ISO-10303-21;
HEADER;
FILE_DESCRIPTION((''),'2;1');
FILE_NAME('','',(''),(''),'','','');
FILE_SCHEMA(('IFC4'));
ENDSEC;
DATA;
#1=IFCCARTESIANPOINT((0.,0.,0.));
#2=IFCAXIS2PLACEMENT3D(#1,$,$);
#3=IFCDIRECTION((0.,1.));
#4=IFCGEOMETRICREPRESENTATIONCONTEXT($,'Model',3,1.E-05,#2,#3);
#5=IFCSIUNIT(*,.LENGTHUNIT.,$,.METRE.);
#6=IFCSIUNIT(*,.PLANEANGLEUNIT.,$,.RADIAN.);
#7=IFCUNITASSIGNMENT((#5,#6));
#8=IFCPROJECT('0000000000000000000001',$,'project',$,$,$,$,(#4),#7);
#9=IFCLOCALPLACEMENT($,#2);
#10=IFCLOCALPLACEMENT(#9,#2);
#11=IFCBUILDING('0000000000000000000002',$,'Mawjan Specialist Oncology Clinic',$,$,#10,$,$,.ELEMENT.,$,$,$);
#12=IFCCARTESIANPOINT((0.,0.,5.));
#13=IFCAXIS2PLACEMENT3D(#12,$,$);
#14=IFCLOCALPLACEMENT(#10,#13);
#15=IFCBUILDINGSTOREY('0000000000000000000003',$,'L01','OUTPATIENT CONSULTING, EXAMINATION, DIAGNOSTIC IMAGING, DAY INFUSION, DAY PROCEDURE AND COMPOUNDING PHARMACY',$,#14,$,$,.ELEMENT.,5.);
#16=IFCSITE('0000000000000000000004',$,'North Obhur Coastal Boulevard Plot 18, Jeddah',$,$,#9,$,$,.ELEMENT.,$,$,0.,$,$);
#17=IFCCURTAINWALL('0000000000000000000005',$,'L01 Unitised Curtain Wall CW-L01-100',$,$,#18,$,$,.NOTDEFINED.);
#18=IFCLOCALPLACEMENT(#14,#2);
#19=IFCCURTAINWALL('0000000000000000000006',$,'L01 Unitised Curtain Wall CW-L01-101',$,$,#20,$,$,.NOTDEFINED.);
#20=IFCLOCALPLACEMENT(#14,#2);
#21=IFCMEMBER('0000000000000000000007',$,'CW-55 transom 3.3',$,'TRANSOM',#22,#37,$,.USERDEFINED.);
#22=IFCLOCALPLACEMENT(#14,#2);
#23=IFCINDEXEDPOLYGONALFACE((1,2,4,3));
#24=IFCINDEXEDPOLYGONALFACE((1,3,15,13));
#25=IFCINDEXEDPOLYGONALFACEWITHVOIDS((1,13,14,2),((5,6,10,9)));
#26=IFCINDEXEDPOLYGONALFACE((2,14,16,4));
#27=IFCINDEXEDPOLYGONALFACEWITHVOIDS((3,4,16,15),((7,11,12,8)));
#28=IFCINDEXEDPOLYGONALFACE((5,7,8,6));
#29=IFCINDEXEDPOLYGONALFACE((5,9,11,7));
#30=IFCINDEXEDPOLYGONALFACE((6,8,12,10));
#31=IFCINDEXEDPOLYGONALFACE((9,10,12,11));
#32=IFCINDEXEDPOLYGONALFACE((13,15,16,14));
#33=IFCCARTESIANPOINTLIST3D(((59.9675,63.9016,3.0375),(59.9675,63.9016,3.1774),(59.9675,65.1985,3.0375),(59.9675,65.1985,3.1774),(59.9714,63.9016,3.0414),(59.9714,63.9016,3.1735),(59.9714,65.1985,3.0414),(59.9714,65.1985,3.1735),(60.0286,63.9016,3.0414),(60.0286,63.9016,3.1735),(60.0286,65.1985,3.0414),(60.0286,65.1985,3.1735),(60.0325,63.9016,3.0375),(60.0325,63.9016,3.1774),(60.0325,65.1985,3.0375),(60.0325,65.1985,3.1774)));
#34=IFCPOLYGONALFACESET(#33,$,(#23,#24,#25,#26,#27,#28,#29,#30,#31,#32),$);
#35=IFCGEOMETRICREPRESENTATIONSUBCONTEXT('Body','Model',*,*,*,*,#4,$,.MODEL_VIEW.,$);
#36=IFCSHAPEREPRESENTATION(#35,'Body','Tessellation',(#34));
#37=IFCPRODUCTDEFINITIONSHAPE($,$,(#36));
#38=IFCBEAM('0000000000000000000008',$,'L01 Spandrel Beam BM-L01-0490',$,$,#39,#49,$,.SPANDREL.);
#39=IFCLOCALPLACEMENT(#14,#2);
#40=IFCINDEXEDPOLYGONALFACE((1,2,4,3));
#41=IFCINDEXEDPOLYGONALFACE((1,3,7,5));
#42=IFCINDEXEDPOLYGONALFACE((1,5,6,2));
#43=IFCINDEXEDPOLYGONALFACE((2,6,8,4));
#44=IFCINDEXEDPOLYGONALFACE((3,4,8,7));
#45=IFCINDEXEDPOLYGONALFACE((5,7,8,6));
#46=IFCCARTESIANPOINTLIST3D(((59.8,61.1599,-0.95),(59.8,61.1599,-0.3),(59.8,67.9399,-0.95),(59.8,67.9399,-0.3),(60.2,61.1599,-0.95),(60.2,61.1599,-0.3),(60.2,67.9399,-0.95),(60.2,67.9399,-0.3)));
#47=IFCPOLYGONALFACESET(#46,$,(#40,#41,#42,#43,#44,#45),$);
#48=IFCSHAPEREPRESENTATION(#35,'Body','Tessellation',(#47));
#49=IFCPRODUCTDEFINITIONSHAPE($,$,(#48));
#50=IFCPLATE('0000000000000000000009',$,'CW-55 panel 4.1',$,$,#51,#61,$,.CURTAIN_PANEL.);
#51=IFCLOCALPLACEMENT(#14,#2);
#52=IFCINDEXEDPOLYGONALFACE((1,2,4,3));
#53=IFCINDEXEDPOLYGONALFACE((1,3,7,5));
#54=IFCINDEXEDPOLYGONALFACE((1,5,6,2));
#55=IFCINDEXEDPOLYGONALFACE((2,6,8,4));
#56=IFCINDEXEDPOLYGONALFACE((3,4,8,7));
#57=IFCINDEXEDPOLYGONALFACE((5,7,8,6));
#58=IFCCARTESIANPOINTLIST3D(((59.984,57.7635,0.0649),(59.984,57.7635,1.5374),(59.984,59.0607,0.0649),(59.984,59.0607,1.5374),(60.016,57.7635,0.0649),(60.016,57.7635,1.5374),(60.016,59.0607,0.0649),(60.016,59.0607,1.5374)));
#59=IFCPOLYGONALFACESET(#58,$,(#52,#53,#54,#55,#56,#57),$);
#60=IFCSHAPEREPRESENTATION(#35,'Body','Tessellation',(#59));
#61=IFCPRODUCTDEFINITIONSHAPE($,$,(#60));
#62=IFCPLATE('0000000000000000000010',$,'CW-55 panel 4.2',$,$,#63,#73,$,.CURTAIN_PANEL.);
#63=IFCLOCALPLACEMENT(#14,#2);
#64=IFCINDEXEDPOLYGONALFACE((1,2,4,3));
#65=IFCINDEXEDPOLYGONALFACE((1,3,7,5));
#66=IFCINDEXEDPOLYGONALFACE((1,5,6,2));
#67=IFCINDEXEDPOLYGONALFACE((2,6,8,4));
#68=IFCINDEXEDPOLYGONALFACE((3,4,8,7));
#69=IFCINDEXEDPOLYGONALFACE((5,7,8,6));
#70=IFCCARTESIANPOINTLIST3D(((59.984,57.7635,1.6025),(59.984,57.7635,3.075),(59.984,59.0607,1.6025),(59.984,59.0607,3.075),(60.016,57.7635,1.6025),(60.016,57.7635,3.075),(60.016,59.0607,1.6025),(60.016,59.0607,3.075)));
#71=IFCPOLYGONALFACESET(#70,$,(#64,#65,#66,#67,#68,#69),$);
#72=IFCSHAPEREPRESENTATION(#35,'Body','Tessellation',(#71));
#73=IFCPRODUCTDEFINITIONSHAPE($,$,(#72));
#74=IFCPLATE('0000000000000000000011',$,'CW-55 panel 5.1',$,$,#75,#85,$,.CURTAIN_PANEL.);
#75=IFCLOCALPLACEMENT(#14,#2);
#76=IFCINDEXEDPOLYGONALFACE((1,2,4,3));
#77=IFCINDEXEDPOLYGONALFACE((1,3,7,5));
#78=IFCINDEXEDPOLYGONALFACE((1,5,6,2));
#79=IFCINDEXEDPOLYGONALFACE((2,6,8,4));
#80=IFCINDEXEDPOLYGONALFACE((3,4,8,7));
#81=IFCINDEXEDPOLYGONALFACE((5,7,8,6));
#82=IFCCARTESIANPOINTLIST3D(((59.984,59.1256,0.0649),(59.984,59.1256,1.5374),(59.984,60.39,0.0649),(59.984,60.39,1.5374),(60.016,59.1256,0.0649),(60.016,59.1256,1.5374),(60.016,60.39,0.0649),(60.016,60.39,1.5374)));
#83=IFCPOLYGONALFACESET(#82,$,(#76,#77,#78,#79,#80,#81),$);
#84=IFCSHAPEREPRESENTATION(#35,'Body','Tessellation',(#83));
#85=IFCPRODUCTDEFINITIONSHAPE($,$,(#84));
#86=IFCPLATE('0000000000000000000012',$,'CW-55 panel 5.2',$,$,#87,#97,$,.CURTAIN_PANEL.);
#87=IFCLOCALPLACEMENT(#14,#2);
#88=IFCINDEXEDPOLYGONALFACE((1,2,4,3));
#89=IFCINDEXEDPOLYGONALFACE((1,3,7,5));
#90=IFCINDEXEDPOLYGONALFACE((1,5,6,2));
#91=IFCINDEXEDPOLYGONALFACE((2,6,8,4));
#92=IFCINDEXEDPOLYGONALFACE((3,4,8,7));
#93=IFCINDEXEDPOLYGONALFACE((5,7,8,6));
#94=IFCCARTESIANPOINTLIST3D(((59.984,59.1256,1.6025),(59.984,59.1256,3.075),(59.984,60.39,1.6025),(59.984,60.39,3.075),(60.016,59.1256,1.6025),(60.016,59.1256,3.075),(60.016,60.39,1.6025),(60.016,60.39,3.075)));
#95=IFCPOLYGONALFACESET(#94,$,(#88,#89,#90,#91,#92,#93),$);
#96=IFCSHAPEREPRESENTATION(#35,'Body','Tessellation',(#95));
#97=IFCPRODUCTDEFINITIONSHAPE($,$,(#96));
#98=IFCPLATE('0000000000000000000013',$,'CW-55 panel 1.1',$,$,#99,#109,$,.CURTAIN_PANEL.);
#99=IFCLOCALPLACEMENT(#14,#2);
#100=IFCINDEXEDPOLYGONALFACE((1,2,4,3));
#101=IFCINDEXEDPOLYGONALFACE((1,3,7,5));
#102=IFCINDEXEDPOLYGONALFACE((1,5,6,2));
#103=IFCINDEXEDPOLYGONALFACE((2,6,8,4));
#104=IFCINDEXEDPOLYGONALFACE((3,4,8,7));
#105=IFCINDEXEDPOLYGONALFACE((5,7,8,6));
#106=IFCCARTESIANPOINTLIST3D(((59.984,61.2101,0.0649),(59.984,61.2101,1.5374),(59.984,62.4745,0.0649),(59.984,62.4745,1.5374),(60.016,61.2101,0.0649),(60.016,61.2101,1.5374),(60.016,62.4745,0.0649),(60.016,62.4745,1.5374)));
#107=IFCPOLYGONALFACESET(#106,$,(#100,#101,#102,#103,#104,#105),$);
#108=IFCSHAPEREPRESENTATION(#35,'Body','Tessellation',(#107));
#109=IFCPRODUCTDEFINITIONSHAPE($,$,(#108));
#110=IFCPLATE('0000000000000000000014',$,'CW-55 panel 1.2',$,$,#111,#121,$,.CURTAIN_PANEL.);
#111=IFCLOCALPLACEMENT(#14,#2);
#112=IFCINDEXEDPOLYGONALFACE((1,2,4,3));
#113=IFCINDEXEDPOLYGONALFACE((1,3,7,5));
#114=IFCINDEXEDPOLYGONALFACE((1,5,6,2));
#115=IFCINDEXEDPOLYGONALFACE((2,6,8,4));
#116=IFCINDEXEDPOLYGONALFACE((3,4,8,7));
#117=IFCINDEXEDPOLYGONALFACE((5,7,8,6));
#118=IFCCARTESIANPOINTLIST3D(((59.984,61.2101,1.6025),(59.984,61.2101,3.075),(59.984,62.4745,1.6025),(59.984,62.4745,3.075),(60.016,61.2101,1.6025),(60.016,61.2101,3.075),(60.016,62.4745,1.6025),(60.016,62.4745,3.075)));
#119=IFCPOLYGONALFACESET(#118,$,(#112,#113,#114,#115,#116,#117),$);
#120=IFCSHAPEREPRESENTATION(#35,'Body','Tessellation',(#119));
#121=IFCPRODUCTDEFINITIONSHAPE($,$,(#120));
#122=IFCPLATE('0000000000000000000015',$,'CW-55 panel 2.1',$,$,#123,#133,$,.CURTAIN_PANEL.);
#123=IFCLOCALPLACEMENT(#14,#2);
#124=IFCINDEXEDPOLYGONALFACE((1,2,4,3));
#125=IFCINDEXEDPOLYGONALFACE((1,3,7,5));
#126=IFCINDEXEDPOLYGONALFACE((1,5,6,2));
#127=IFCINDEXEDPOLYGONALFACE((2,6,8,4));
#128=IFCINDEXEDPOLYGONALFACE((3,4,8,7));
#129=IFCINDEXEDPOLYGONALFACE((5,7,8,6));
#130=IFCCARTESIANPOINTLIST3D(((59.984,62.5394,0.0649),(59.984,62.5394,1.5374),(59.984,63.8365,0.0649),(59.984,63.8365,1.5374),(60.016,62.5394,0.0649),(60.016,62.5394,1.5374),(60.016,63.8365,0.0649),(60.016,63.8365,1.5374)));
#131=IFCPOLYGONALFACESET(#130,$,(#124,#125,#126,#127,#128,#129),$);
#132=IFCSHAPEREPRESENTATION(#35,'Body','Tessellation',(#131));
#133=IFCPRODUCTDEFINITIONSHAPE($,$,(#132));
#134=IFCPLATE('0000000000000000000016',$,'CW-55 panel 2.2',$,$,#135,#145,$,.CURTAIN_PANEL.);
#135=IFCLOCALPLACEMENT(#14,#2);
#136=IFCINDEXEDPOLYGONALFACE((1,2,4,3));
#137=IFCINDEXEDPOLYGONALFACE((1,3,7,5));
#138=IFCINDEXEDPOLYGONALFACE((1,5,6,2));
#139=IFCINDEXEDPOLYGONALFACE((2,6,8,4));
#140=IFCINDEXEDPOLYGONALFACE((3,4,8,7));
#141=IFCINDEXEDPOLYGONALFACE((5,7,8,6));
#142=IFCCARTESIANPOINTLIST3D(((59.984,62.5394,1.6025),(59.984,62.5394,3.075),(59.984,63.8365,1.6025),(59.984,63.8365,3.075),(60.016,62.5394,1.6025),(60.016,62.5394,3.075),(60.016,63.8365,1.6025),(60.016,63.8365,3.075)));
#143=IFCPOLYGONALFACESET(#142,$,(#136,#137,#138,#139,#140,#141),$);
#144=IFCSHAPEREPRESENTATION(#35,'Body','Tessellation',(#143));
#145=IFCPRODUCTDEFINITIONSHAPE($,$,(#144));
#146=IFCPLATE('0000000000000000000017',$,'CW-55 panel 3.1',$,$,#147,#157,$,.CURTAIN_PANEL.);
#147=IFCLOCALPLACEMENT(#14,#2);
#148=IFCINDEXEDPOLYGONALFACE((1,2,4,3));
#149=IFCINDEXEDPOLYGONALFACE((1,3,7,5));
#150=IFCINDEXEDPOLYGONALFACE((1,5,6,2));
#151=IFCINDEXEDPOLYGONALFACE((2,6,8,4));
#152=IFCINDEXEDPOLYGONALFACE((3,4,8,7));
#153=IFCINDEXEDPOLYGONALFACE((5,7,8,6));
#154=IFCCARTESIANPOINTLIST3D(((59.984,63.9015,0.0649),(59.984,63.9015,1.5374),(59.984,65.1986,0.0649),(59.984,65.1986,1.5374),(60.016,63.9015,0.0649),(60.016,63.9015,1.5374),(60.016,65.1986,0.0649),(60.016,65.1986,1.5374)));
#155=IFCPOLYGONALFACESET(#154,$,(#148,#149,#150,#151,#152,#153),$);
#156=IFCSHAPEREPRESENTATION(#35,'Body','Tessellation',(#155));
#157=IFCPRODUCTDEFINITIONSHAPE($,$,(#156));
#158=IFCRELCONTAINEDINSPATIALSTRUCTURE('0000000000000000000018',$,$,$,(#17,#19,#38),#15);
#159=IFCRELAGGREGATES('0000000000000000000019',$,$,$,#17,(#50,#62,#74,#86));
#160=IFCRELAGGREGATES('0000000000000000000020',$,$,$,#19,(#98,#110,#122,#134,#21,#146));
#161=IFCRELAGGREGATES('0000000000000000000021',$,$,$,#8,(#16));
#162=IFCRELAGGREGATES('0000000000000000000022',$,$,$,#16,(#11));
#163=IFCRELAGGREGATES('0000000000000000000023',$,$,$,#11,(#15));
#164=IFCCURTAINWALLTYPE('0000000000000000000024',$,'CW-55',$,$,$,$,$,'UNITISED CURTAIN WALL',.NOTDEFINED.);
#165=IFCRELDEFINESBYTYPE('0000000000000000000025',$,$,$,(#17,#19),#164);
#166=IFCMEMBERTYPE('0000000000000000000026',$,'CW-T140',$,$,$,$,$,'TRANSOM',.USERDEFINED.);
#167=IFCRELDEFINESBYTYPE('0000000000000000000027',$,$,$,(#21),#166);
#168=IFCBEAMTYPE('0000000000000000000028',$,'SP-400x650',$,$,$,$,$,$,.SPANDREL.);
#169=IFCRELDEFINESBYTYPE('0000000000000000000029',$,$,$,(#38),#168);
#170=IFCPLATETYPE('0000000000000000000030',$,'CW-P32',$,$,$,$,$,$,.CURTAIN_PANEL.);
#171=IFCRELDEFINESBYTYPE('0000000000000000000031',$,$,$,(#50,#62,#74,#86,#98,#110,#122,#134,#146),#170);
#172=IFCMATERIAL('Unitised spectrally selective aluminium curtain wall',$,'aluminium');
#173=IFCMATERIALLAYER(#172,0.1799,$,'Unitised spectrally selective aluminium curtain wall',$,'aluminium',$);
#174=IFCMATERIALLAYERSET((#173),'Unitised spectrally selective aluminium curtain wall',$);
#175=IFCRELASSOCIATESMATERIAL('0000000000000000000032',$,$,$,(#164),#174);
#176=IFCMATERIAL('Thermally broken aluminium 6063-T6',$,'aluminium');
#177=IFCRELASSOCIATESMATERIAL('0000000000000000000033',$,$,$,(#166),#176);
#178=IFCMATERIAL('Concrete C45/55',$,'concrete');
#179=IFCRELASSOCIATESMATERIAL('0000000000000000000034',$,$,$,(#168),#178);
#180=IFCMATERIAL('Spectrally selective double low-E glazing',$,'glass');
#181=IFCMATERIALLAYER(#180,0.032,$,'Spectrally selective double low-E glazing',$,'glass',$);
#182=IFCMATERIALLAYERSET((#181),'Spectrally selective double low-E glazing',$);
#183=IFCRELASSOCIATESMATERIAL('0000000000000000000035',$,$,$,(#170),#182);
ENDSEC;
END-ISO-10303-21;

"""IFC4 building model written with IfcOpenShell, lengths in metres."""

from ifc_helpers import new_model, si_unit, direction, frame, origin, origin_2d, place, context, subcontext, project, spatial, rectangle, hollow_rectangle, extrude, material, layer, layer_set, material_profile, profile_set, type_object, element, aggregate, save


model = new_model("IFC4")

# Units and contexts
model_context = context("Model", 3, precision=1e-05, world=origin(), true_north=direction((0.0, 1.0)))
body_context = subcontext(model_context, "Body", "Model", "MODEL_VIEW")
ifc_project = project(units=[si_unit("LENGTHUNIT", "METRE"), si_unit("PLANEANGLEUNIT", "RADIAN")], contexts=[model_context])

# Site, building, storey
site_placement = place(None, origin())
site = spatial("IfcSite", under=ifc_project, at=site_placement, Name="North Obhur Coastal Boulevard Plot 18, Jeddah", CompositionType="ELEMENT", RefElevation=0.0)
building_placement = place(site_placement, origin())
building = spatial("IfcBuilding", under=site, at=building_placement, Name="Mawjan Specialist Oncology Clinic", CompositionType="ELEMENT")
storey_placement = place(building_placement, frame((0.0, 0.0, 5.0)))
storey = spatial("IfcBuildingStorey", under=building, at=storey_placement, Name="L01", Description="OUTPATIENT CONSULTING, EXAMINATION, DIAGNOSTIC IMAGING, DAY INFUSION, DAY PROCEDURE AND COMPOUNDING PHARMACY", CompositionType="ELEMENT", Elevation=5.0)

# Curtain walls
ifc_material_1 = material(Name="Unitised spectrally selective aluminium curtain wall", Category="aluminium")
ifc_layer_1 = layer(ifc_material_1, 0.1799, Name="Unitised spectrally selective aluminium curtain wall", Category="aluminium")
ifc_layer_set_1 = layer_set([ifc_layer_1], Name="Unitised spectrally selective aluminium curtain wall")
curtain_wall_type = type_object("IfcCurtainWallType", Name="CW-55", ElementType="UNITISED CURTAIN WALL", PredefinedType="NOTDEFINED", material=ifc_layer_set_1)
curtain_wall_1_placement = place(storey_placement, origin())
curtain_wall_1 = element("IfcCurtainWall", 1, at=curtain_wall_1_placement, inside=storey, type_object=curtain_wall_type, Name="L01 Unitised Curtain Wall CW-L01-100", PredefinedType="NOTDEFINED")
curtain_wall_2_placement = place(storey_placement, origin())
curtain_wall_2 = element("IfcCurtainWall", 2, at=curtain_wall_2_placement, inside=storey, type_object=curtain_wall_type, Name="L01 Unitised Curtain Wall CW-L01-101", PredefinedType="NOTDEFINED")

# Member
ifc_material_2 = material(Name="Thermally broken aluminium 6063-T6", Category="aluminium")
ifc_material_profile_1 = material_profile(ifc_material_2, hollow_rectangle(XDim=0.0649, YDim=0.1399, WallThickness=0.0039, at=origin_2d()), Name="ALU TRANSOM 140x65x4", Category="aluminium")
ifc_profile_set_1 = profile_set([ifc_material_profile_1], Name="Thermally broken aluminium 6063-T6")
member_type_1 = type_object("IfcMemberType", Name="CW-T140", ElementType="TRANSOM", PredefinedType="USERDEFINED", material=ifc_profile_set_1)
member_1_placement = place(storey_placement, frame((60.0, 63.9016, 3.1074), z_axis=(0.0, 1.0, 0.0), x_axis=(-1.0, 0.0, 0.0)))
member_1 = element("IfcMember", 3, at=member_1_placement, type_object=member_type_1, Name="CW-55 transom 3.3", ObjectType="TRANSOM", PredefinedType="USERDEFINED", context=body_context, shape_type="SweptSolid", body=[
    extrude(hollow_rectangle(XDim=0.0649, YDim=0.1399, WallThickness=0.0039, at=origin_2d()), origin(), (0.0, 0.0, 1.0), 1.2969),
])

# Beam
ifc_material_3 = material(Name="Concrete C45/55", Category="concrete")
ifc_material_profile_2 = material_profile(ifc_material_3, rectangle(XDim=0.3999, YDim=0.6499, at=origin_2d()), Name="RC BM 400x650", Category="concrete")
ifc_profile_set_2 = profile_set([ifc_material_profile_2], Name="Concrete C45/55")
beam_type_1 = type_object("IfcBeamType", Name="SP-400x650", PredefinedType="SPANDREL", material=ifc_profile_set_2)
beam_1_placement = place(storey_placement, frame((60.0, 61.1599, -0.625), z_axis=(0.0, 1.0, 0.0), x_axis=(-1.0, 0.0, 0.0)))
element("IfcBeam", 4, at=beam_1_placement, inside=storey, type_object=beam_type_1, Name="L01 Spandrel Beam BM-L01-0490", PredefinedType="SPANDREL", context=body_context, shape_type="SweptSolid", body=[
    extrude(rectangle(XDim=0.3999, YDim=0.6499, at=origin_2d()), origin(), (0.0, 0.0, 1.0), 6.78),
])

# Plates
ifc_material_4 = material(Name="Spectrally selective double low-E glazing", Category="glass")
ifc_layer_2 = layer(ifc_material_4, 0.032, Name="Spectrally selective double low-E glazing", Category="glass")
ifc_layer_set_2 = layer_set([ifc_layer_2], Name="Spectrally selective double low-E glazing")
plate_type = type_object("IfcPlateType", Name="CW-P32", PredefinedType="CURTAIN_PANEL", material=ifc_layer_set_2)
plate_1_placement = place(storey_placement, frame((60.0, 58.4121, 0.0649), z_axis=(0.0, 0.0, 1.0), x_axis=(0.0, 1.0, 0.0)))
plate_1 = element("IfcPlate", 5, at=plate_1_placement, type_object=plate_type, Name="CW-55 panel 4.1", PredefinedType="CURTAIN_PANEL", context=body_context, shape_type="SweptSolid", body=[
    extrude(rectangle(XDim=1.2971, YDim=0.032, at=origin_2d()), origin(), (0.0, 0.0, 1.0), 1.4724),
])
plate_2_placement = place(storey_placement, frame((60.0, 58.4121, 1.6025), z_axis=(0.0, 0.0, 1.0), x_axis=(0.0, 1.0, 0.0)))
plate_2 = element("IfcPlate", 6, at=plate_2_placement, type_object=plate_type, Name="CW-55 panel 4.2", PredefinedType="CURTAIN_PANEL", context=body_context, shape_type="SweptSolid", body=[
    extrude(rectangle(XDim=1.2971, YDim=0.032, at=origin_2d()), origin(), (0.0, 0.0, 1.0), 1.4724),
])
plate_3_placement = place(storey_placement, frame((60.0, 59.7578, 0.0649), z_axis=(0.0, 0.0, 1.0), x_axis=(0.0, 1.0, 0.0)))
plate_3 = element("IfcPlate", 7, at=plate_3_placement, type_object=plate_type, Name="CW-55 panel 5.1", PredefinedType="CURTAIN_PANEL", context=body_context, shape_type="SweptSolid", body=[
    extrude(rectangle(XDim=1.2644, YDim=0.032, at=origin_2d()), origin(), (0.0, 0.0, 1.0), 1.4724),
])
plate_4_placement = place(storey_placement, frame((60.0, 59.7578, 1.6025), z_axis=(0.0, 0.0, 1.0), x_axis=(0.0, 1.0, 0.0)))
plate_4 = element("IfcPlate", 8, at=plate_4_placement, type_object=plate_type, Name="CW-55 panel 5.2", PredefinedType="CURTAIN_PANEL", context=body_context, shape_type="SweptSolid", body=[
    extrude(rectangle(XDim=1.2644, YDim=0.032, at=origin_2d()), origin(), (0.0, 0.0, 1.0), 1.4724),
])
aggregate(curtain_wall_1, [plate_1, plate_2, plate_3, plate_4])
plate_5_placement = place(storey_placement, frame((60.0, 61.8423, 0.0649), z_axis=(0.0, 0.0, 1.0), x_axis=(0.0, 1.0, 0.0)))
plate_5 = element("IfcPlate", 9, at=plate_5_placement, type_object=plate_type, Name="CW-55 panel 1.1", PredefinedType="CURTAIN_PANEL", context=body_context, shape_type="SweptSolid", body=[
    extrude(rectangle(XDim=1.2644, YDim=0.032, at=origin_2d()), origin(), (0.0, 0.0, 1.0), 1.4724),
])
plate_6_placement = place(storey_placement, frame((60.0, 61.8423, 1.6025), z_axis=(0.0, 0.0, 1.0), x_axis=(0.0, 1.0, 0.0)))
plate_6 = element("IfcPlate", 10, at=plate_6_placement, type_object=plate_type, Name="CW-55 panel 1.2", PredefinedType="CURTAIN_PANEL", context=body_context, shape_type="SweptSolid", body=[
    extrude(rectangle(XDim=1.2644, YDim=0.032, at=origin_2d()), origin(), (0.0, 0.0, 1.0), 1.4724),
])
plate_7_placement = place(storey_placement, frame((60.0, 63.188, 0.0649), z_axis=(0.0, 0.0, 1.0), x_axis=(0.0, 1.0, 0.0)))
plate_7 = element("IfcPlate", 11, at=plate_7_placement, type_object=plate_type, Name="CW-55 panel 2.1", PredefinedType="CURTAIN_PANEL", context=body_context, shape_type="SweptSolid", body=[
    extrude(rectangle(XDim=1.2971, YDim=0.032, at=origin_2d()), origin(), (0.0, 0.0, 1.0), 1.4724),
])
plate_8_placement = place(storey_placement, frame((60.0, 63.188, 1.6025), z_axis=(0.0, 0.0, 1.0), x_axis=(0.0, 1.0, 0.0)))
plate_8 = element("IfcPlate", 12, at=plate_8_placement, type_object=plate_type, Name="CW-55 panel 2.2", PredefinedType="CURTAIN_PANEL", context=body_context, shape_type="SweptSolid", body=[
    extrude(rectangle(XDim=1.2971, YDim=0.032, at=origin_2d()), origin(), (0.0, 0.0, 1.0), 1.4724),
])
plate_9_placement = place(storey_placement, frame((60.0, 64.55, 0.0649), z_axis=(0.0, 0.0, 1.0), x_axis=(0.0, 1.0, 0.0)))
plate_9 = element("IfcPlate", 13, at=plate_9_placement, type_object=plate_type, Name="CW-55 panel 3.1", PredefinedType="CURTAIN_PANEL", context=body_context, shape_type="SweptSolid", body=[
    extrude(rectangle(XDim=1.2971, YDim=0.032, at=origin_2d()), origin(), (0.0, 0.0, 1.0), 1.4724),
])
aggregate(curtain_wall_2, [plate_5, plate_6, plate_7, plate_8, member_1, plate_9])

save(model, "model.ifc")
